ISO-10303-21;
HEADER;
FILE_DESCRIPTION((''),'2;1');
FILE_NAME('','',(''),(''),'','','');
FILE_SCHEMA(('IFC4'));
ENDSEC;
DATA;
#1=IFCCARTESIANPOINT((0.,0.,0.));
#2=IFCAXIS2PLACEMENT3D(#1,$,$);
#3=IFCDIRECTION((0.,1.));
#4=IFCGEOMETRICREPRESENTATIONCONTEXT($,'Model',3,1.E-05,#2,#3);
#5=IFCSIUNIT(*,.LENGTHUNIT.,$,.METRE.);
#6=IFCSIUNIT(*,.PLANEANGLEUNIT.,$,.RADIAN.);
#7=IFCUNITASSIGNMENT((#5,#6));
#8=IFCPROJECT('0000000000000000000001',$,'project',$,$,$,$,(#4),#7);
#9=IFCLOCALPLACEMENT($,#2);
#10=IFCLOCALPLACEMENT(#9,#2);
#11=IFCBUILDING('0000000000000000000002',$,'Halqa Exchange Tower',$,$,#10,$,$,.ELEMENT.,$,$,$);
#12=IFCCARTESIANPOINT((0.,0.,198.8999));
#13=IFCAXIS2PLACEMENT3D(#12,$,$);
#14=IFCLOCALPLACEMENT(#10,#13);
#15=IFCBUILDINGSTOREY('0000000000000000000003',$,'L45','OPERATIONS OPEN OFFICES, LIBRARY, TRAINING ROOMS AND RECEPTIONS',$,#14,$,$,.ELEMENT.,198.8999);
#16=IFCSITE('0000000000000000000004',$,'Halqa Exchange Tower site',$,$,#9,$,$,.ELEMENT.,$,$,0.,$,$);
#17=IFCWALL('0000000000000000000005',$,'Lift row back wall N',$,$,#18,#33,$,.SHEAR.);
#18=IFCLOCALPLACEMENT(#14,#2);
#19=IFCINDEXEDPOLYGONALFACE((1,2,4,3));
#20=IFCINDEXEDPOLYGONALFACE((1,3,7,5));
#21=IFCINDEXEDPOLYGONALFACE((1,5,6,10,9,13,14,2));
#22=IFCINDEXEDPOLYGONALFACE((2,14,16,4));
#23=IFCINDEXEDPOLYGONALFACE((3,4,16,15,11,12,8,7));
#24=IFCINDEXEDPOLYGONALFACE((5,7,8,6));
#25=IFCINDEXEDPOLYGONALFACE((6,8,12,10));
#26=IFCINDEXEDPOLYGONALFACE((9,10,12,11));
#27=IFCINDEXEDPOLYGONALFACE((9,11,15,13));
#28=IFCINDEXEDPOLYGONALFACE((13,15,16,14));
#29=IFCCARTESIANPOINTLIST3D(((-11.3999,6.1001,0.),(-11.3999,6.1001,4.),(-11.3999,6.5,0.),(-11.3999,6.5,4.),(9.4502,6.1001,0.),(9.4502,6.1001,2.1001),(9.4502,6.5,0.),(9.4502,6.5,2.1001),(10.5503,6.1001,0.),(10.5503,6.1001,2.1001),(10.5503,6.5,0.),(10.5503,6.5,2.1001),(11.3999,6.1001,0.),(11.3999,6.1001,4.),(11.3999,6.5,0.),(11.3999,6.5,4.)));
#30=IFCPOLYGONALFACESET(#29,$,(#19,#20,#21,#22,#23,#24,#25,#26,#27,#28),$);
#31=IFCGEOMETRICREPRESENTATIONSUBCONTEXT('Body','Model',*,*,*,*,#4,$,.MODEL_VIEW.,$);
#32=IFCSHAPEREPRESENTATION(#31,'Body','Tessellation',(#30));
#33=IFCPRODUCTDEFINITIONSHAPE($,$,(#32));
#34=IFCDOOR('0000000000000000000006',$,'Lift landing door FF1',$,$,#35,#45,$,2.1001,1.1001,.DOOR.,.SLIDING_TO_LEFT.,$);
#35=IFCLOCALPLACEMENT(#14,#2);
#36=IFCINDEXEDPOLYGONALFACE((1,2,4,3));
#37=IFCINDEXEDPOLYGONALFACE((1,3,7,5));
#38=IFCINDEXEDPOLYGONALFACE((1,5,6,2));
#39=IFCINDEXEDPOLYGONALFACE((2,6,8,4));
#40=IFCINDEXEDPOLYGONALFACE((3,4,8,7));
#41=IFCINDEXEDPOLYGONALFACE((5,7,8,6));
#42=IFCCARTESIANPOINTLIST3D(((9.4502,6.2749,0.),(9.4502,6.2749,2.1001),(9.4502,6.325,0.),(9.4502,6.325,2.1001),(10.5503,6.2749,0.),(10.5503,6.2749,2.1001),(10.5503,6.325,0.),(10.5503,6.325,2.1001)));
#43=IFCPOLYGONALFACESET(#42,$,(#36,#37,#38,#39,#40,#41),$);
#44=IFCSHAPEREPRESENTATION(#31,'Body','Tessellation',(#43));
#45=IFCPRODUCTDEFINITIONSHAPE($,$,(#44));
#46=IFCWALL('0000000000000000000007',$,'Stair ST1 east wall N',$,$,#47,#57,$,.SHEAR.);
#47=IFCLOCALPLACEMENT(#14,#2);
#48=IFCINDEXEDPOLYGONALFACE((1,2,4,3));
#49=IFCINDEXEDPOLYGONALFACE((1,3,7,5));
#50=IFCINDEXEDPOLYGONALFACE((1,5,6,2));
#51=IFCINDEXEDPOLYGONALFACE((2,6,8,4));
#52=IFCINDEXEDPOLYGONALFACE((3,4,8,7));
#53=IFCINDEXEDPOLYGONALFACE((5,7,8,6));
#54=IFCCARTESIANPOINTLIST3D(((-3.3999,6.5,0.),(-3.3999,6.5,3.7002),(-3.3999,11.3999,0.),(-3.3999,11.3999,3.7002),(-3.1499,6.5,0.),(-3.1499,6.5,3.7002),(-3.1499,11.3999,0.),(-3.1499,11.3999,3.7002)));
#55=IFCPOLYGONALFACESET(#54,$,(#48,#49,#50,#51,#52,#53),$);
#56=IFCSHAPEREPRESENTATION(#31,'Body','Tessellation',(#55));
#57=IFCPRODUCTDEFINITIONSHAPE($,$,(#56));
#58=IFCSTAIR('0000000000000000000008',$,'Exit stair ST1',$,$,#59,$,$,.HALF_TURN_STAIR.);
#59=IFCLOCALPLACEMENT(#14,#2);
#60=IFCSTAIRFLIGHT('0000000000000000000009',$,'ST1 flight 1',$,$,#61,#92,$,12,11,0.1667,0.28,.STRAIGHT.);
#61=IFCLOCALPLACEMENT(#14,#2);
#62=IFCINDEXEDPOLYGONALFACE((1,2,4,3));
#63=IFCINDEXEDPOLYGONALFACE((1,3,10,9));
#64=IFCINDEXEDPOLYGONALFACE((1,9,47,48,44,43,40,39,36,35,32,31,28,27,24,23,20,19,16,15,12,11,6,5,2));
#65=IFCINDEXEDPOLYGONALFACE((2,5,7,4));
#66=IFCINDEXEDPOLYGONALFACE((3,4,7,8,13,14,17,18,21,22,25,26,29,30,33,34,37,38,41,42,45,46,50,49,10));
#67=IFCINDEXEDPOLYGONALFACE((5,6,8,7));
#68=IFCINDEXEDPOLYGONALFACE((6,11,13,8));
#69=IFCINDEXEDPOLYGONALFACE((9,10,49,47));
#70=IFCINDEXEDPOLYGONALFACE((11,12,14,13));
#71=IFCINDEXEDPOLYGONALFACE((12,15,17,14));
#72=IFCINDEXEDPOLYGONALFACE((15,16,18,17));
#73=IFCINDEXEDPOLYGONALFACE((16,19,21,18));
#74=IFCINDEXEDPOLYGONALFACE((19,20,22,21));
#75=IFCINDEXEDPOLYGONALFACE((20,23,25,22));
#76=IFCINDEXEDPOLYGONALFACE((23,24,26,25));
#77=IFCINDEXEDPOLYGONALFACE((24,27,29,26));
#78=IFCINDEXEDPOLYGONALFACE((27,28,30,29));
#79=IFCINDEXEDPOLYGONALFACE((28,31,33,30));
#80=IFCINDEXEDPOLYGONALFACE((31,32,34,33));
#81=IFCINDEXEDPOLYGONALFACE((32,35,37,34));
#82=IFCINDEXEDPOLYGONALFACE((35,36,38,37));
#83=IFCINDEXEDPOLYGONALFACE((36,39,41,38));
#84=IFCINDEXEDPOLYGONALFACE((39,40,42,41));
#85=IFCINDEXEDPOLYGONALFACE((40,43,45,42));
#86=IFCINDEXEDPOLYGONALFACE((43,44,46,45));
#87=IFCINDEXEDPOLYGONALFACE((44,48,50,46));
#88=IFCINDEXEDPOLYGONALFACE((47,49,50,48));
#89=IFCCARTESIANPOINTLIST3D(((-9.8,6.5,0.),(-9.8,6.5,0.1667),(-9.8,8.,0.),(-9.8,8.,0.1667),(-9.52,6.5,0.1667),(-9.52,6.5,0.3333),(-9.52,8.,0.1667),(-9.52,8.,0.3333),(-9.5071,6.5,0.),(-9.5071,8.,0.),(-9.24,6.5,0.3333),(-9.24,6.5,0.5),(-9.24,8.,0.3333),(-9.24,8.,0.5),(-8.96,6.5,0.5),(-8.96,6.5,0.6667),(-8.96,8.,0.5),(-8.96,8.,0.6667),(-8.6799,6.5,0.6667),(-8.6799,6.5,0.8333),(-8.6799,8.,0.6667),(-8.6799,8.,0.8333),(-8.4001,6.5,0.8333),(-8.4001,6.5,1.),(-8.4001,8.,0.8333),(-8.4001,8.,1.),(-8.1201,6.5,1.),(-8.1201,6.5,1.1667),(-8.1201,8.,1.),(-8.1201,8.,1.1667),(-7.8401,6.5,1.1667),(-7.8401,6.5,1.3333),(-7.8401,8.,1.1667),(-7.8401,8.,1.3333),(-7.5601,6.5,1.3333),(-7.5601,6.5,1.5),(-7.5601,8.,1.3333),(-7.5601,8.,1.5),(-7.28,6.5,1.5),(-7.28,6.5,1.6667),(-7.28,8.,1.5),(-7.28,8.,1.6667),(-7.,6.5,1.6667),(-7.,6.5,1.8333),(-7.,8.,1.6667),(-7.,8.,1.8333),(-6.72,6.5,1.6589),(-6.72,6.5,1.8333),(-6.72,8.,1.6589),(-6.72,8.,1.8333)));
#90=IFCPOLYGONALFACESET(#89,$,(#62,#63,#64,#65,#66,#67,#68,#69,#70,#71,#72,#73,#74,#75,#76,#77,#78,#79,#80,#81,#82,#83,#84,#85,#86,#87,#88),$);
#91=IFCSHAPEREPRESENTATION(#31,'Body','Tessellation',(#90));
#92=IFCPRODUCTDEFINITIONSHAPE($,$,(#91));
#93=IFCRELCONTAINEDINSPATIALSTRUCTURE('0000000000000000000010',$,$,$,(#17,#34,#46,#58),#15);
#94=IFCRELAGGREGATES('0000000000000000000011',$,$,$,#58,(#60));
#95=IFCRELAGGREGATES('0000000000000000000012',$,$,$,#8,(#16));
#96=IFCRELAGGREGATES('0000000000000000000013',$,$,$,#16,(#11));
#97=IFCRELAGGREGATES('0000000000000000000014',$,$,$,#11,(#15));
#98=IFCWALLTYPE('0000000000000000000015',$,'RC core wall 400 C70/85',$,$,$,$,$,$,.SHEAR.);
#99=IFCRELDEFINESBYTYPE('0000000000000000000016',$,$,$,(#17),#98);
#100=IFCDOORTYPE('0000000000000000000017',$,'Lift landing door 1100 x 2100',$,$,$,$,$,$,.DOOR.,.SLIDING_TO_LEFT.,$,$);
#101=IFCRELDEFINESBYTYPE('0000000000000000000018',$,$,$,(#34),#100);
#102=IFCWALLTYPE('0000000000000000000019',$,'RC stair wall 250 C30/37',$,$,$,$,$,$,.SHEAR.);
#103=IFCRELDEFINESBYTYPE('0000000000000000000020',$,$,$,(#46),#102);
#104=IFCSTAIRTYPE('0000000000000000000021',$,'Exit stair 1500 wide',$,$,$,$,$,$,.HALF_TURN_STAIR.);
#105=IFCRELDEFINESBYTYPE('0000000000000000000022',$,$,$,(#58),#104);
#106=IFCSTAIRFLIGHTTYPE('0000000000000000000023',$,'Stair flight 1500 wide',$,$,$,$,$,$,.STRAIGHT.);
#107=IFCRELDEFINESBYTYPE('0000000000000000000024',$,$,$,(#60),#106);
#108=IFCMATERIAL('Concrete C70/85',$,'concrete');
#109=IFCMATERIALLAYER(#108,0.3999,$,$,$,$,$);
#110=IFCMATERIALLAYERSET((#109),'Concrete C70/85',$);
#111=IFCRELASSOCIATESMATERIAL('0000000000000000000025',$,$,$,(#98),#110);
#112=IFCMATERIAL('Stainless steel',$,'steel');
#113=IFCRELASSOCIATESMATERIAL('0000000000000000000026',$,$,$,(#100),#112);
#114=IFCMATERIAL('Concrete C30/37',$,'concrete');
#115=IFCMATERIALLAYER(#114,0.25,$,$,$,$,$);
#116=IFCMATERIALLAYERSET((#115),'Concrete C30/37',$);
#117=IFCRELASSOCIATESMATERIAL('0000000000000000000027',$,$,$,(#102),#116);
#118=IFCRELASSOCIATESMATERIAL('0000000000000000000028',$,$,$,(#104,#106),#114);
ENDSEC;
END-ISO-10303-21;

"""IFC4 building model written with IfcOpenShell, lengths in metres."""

from ifc_helpers import new_model, si_unit, direction, frame, frame_2d, origin, place, context, subcontext, project, spatial, polyline, rectangle, outline, extrude, material, layer, layer_set, type_object, element, fill, aggregate, save


model = new_model("IFC4")

# Units and contexts
model_context = context("Model", 3, precision=1e-05, world=origin(), true_north=direction((0.0, 1.0)))
body_context = subcontext(model_context, "Body", "Model", "MODEL_VIEW")
ifc_project = project(units=[si_unit("LENGTHUNIT", "METRE"), si_unit("PLANEANGLEUNIT", "RADIAN")], contexts=[model_context])

# Site, building, storey
site_placement = place(None, origin())
site = spatial("IfcSite", under=ifc_project, at=site_placement, Name="Halqa Exchange Tower site", CompositionType="ELEMENT", RefElevation=0.0)
building_placement = place(site_placement, origin())
building = spatial("IfcBuilding", under=site, at=building_placement, Name="Halqa Exchange Tower", CompositionType="ELEMENT")
storey_placement = place(building_placement, frame((0.0, 0.0, 198.8999)))
storey = spatial("IfcBuildingStorey", under=building, at=storey_placement, Name="L45", Description="OPERATIONS OPEN OFFICES, LIBRARY, TRAINING ROOMS AND RECEPTIONS", CompositionType="ELEMENT", Elevation=198.8999)

# Shared definitions
ifc_material_1 = material(Name="Concrete C70/85", Category="concrete")
ifc_layer_1 = layer(ifc_material_1, 0.3999)
ifc_layer_set_1 = layer_set([ifc_layer_1], Name="Concrete C70/85")
wall_type_1 = type_object("IfcWallType", Name="RC core wall 400 C70/85", PredefinedType="SHEAR", material=ifc_layer_set_1)
ifc_material_2 = material(Name="Stainless steel", Category="steel")
door_type_1 = type_object("IfcDoorType", Name="Lift landing door 1100 x 2100", OperationType="SLIDING_TO_LEFT", PredefinedType="DOOR", material=ifc_material_2)

# Wall, opening, door
wall_1_placement = place(storey_placement, frame((-11.3999, 6.3, 0.0), z_axis=(0.0, 0.0, 1.0), x_axis=(1.0, 0.0, 0.0)))
wall_1 = element("IfcWall", 1, at=wall_1_placement, inside=storey, type_object=wall_type_1, Name="Lift row back wall N", PredefinedType="SHEAR", context=body_context, shape_type="SweptSolid", body=[
    extrude(rectangle(XDim=22.7998, YDim=0.3999, at=frame_2d((11.3999, 0.0))), origin(), (0.0, 0.0, 1.0), 4.0),
])
opening_1_placement = place(wall_1_placement, frame((20.8501, 0.0, 0.0)))
opening_1 = element("IfcOpeningElement", 2, at=opening_1_placement, cuts=wall_1, PredefinedType="OPENING", context=body_context, shape_type="SweptSolid", body=[
    extrude(rectangle(XDim=1.1001, YDim=2.1001, at=frame_2d((0.55, 1.05))), frame((0.0, 0.2119, 0.0), z_axis=(0.0, -1.0, 0.0), x_axis=(1.0, 0.0, 0.0)), (0.0, 0.0, 1.0), 0.4238),
])
door_1_placement = place(opening_1_placement, origin())
door_1 = element("IfcDoor", 3, at=door_1_placement, inside=storey, type_object=door_type_1, Name="Lift landing door FF1", OperationType="SLIDING_TO_LEFT", OverallHeight=2.1001, OverallWidth=1.1001, PredefinedType="DOOR", context=body_context, shape_type="SweptSolid", body=[
    extrude(rectangle(XDim=1.1001, YDim=2.1001, at=frame_2d((0.55, 1.05))), frame((0.0, 0.0249, 0.0), z_axis=(0.0, -1.0, 0.0), x_axis=(1.0, 0.0, 0.0)), (0.0, 0.0, 1.0), 0.05),
])
fill(opening_1, door_1)

# Wall
ifc_material_3 = material(Name="Concrete C30/37", Category="concrete")
ifc_layer_2 = layer(ifc_material_3, 0.25)
ifc_layer_set_2 = layer_set([ifc_layer_2], Name="Concrete C30/37")
wall_type_2 = type_object("IfcWallType", Name="RC stair wall 250 C30/37", PredefinedType="SHEAR", material=ifc_layer_set_2)
wall_2_placement = place(storey_placement, frame((-3.2749, 6.5, 0.0), z_axis=(0.0, 0.0, 1.0), x_axis=(0.0, 1.0, 0.0)))
element("IfcWall", 4, at=wall_2_placement, inside=storey, type_object=wall_type_2, Name="Stair ST1 east wall N", PredefinedType="SHEAR", context=body_context, shape_type="SweptSolid", body=[
    extrude(rectangle(XDim=4.8999, YDim=0.25, at=frame_2d((2.45, 0.0))), origin(), (0.0, 0.0, 1.0), 3.7002),
])

# Stair, stair flight
stair_type = type_object("IfcStairType", Name="Exit stair 1500 wide", PredefinedType="HALF_TURN_STAIR", material=ifc_material_3)
stair_placement = place(storey_placement, origin())
stair = element("IfcStair", 5, at=stair_placement, inside=storey, type_object=stair_type, Name="Exit stair ST1", PredefinedType="HALF_TURN_STAIR")
stair_flight_type = type_object("IfcStairFlightType", Name="Stair flight 1500 wide", PredefinedType="STRAIGHT", material=ifc_material_3)
stair_flight_placement = place(storey_placement, frame((-9.8, 7.25, 0.0), z_axis=(0.0, 0.0, 1.0), x_axis=(1.0, 0.0, 0.0)))
stair_flight = element("IfcStairFlight", 6, at=stair_flight_placement, type_object=stair_flight_type, Name="ST1 flight 1", NumberOfRisers=12, NumberOfTreads=11, PredefinedType="STRAIGHT", RiserHeight=0.1667, TreadLength=0.28, context=body_context, shape_type="SweptSolid", body=[
    extrude(outline(polyline([(0.0, 0.0), (0.0, 0.1667), (0.28, 0.1667), (0.28, 0.3333), (0.5601, 0.3333), (0.5601, 0.5), (0.8401, 0.5), (0.8401, 0.6667), (1.1201, 0.6667), (1.1201, 0.8333), (1.3999, 0.8333), (1.3999, 1.0), (1.6799, 1.0), (1.6799, 1.1667), (1.96, 1.1667), (1.96, 1.3333), (2.24, 1.3333), (2.24, 1.5), (2.52, 1.5), (2.52, 1.6667), (2.8, 1.6667), (2.8, 1.8333), (3.0801, 1.8333), (3.0801, 2.0), (3.0801, 1.6589), (0.293, 0.0), (0.0, 0.0)])), frame((0.0, 0.75, 0.0), z_axis=(0.0, -1.0, 0.0), x_axis=(1.0, 0.0, 0.0)), (0.0, 0.0, 1.0), 1.5),
])
aggregate(stair, [stair_flight])

save(model, "model.ifc")
